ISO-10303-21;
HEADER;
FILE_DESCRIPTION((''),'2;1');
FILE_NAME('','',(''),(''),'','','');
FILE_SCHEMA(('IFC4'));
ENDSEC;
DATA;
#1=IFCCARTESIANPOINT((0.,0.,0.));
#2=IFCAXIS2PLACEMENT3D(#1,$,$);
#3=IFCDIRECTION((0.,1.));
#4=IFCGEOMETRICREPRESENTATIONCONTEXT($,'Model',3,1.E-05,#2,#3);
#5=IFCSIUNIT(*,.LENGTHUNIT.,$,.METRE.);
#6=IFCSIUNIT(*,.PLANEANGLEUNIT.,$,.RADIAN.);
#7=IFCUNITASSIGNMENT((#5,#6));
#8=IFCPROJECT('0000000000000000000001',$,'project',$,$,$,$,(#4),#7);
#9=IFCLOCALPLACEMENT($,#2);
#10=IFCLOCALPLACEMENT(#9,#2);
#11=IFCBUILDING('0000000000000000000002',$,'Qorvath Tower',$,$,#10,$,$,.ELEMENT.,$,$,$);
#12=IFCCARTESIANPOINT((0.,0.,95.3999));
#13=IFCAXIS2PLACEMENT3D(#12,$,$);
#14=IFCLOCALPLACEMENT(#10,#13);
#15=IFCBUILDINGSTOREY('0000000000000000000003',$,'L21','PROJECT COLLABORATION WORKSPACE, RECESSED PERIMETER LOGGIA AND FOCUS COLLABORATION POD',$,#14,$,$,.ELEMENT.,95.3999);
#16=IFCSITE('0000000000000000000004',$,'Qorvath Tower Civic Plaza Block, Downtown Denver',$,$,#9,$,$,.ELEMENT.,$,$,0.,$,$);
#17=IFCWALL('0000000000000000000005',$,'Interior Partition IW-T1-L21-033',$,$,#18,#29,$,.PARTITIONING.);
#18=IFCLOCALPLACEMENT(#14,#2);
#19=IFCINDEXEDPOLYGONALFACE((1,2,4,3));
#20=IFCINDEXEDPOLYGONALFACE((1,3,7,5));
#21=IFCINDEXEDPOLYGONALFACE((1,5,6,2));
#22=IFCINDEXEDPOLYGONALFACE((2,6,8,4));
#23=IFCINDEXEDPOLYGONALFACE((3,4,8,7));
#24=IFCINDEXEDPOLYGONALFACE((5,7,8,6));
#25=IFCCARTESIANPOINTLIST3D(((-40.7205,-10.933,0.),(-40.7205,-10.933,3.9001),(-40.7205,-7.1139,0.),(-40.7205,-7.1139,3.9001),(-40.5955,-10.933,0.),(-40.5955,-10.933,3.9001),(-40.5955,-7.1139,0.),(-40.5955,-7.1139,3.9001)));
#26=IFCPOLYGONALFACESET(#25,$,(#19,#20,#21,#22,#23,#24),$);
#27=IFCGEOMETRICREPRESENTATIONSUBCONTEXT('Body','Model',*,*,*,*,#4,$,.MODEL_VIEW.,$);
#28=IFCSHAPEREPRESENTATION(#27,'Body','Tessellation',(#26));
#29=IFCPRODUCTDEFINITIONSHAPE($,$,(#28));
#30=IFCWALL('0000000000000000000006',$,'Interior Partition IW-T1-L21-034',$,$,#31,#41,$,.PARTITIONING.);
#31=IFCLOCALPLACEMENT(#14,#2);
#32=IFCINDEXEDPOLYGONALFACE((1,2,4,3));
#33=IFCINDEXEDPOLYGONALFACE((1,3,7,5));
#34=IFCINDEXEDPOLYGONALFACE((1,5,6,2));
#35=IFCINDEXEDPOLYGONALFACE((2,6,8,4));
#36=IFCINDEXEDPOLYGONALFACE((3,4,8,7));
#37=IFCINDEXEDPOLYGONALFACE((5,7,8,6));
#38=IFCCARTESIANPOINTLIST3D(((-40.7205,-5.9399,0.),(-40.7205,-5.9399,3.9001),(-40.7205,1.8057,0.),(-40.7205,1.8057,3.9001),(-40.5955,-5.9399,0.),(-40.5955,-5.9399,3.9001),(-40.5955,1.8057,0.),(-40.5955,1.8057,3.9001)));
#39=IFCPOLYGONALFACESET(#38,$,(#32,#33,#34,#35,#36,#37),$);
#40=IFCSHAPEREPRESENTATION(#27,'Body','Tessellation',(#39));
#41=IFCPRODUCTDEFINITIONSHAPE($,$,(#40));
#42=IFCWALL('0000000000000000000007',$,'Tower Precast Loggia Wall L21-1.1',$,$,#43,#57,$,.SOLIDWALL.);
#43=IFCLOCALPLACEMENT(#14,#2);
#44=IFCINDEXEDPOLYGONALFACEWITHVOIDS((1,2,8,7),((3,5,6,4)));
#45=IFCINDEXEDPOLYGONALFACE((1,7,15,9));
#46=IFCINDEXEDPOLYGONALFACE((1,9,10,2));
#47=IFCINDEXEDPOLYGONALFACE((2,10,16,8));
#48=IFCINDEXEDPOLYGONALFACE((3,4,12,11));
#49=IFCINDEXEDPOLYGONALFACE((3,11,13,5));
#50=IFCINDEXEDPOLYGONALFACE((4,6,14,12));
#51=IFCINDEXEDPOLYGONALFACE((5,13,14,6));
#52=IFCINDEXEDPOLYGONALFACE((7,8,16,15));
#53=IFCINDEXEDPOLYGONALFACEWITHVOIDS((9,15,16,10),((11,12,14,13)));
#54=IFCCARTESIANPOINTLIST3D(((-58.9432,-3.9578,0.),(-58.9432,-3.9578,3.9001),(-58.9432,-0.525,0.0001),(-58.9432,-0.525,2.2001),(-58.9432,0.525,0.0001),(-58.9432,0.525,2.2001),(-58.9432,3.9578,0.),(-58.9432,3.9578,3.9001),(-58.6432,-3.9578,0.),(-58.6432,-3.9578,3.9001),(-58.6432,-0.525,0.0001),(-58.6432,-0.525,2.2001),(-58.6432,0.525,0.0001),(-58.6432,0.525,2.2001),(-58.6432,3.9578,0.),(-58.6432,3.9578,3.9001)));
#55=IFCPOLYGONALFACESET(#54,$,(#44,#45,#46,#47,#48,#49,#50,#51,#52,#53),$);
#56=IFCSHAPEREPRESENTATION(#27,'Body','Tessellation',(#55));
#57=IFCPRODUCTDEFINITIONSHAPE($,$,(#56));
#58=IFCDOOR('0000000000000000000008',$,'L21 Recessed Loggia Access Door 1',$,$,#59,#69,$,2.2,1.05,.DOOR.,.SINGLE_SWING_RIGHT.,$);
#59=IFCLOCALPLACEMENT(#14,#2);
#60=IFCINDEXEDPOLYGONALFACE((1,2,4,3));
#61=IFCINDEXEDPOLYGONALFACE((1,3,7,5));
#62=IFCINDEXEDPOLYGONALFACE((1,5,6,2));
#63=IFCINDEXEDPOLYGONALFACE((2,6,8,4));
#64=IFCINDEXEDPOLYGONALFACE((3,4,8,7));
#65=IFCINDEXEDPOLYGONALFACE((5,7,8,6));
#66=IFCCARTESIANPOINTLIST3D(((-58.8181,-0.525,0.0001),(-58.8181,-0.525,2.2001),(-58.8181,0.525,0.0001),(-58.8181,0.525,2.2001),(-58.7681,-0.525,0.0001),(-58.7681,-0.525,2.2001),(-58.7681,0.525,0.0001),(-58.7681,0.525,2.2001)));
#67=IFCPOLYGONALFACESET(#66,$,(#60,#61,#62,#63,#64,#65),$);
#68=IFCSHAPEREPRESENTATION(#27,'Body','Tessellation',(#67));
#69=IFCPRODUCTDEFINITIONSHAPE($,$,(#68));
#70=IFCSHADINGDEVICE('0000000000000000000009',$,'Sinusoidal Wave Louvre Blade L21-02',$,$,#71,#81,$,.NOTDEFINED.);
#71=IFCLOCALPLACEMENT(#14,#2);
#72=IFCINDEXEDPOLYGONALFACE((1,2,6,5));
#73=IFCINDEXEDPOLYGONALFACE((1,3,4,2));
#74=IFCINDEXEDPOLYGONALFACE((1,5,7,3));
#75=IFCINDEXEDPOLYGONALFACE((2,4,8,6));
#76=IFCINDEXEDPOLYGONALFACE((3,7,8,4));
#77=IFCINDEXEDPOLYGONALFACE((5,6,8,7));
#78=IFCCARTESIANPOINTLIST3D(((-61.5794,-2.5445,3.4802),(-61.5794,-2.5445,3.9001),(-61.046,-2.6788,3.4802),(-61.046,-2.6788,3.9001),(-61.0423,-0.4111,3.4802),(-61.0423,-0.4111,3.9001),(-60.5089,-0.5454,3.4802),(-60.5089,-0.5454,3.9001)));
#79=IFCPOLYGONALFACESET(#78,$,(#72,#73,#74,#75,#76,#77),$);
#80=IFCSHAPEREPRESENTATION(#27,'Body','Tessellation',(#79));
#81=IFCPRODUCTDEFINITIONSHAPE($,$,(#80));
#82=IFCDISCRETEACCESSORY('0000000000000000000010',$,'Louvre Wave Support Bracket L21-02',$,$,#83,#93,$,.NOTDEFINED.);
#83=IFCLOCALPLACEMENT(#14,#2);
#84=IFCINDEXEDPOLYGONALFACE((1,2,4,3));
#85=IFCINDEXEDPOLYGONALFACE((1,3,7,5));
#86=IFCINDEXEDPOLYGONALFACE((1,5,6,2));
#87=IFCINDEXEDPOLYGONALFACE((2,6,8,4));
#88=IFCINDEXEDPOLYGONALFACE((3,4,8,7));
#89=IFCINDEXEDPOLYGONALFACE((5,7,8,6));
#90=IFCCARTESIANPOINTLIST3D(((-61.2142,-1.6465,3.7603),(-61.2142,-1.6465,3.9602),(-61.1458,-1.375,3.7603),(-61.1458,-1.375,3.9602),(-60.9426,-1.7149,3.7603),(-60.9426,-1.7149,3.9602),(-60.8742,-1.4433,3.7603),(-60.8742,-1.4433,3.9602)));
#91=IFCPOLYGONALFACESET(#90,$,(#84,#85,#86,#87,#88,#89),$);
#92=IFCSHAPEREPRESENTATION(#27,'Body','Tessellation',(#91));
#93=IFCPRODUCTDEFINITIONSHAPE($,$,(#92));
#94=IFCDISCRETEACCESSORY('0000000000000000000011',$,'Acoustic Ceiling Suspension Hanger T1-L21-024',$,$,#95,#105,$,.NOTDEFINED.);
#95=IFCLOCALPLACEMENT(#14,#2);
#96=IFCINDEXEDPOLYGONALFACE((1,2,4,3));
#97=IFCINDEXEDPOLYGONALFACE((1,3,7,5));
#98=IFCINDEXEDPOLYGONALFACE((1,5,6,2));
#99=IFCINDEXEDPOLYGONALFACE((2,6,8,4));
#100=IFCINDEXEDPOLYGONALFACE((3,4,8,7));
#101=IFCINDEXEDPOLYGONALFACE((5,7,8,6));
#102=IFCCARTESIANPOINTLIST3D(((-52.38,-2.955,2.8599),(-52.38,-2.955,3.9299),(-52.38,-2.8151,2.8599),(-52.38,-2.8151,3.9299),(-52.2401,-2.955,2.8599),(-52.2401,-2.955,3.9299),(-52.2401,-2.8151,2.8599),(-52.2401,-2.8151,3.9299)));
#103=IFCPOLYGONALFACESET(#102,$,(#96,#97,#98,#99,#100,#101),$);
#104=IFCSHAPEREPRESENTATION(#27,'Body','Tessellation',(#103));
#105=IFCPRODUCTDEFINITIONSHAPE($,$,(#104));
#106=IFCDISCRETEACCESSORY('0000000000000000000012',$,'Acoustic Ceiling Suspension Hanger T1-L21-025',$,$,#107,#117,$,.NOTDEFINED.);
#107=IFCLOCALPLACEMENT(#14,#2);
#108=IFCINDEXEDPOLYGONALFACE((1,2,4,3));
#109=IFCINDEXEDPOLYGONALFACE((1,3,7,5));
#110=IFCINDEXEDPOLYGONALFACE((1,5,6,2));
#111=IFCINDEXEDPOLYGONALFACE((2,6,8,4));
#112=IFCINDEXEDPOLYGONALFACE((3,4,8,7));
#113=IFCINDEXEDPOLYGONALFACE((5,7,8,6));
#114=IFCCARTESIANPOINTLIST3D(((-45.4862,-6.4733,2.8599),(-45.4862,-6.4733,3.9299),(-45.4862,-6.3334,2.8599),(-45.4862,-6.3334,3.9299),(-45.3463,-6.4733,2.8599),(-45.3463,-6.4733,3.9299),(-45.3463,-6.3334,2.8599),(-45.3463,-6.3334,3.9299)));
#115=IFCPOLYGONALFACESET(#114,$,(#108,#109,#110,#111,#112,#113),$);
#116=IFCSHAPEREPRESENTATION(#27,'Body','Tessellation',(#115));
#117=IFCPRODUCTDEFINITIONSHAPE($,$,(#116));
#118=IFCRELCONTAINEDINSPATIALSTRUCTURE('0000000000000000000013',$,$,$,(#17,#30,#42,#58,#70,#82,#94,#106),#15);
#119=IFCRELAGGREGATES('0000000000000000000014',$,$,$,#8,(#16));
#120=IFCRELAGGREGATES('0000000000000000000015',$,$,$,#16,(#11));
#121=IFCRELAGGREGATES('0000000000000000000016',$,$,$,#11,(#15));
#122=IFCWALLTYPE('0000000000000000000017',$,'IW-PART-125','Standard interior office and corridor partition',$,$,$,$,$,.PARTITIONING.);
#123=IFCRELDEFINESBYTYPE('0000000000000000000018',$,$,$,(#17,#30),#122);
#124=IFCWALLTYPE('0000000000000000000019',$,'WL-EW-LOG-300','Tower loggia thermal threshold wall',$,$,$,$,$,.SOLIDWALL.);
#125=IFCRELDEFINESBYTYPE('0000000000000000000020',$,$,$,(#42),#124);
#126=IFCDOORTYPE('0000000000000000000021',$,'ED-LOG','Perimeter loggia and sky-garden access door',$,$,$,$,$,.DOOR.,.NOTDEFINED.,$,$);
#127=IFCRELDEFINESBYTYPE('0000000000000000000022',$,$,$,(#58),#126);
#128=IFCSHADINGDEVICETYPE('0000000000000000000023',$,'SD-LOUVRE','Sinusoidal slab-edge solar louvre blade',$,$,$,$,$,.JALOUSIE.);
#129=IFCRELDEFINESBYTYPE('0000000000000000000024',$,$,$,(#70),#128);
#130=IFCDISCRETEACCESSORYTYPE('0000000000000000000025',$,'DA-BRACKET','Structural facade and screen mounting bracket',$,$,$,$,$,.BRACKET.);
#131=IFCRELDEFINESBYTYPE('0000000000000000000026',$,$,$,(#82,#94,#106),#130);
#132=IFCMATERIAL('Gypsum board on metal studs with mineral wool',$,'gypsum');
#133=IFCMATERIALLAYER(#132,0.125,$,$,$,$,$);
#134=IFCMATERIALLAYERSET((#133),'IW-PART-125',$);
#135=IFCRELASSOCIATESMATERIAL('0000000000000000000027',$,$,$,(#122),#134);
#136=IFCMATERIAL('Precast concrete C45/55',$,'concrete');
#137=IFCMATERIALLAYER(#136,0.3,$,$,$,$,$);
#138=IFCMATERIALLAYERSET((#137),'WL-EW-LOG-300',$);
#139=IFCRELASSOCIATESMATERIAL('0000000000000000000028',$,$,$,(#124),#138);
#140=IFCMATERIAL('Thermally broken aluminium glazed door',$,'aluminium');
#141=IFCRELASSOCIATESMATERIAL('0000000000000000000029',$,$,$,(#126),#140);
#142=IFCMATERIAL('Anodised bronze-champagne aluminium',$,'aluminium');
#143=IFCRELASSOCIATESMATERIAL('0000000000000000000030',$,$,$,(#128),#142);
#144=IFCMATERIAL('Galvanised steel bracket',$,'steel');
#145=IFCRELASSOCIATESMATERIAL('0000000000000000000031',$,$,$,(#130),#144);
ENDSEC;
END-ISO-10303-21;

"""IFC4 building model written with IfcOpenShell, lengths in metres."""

from ifc_helpers import new_model, si_unit, direction, frame, frame_2d, origin, origin_2d, place, context, subcontext, project, spatial, rectangle, extrude, material, layer, layer_set, type_object, element, fill, save


model = new_model("IFC4")

# Units and contexts
model_context = context("Model", 3, precision=1e-05, world=origin(), true_north=direction((0.0, 1.0)))
body_context = subcontext(model_context, "Body", "Model", "MODEL_VIEW")
ifc_project = project(units=[si_unit("LENGTHUNIT", "METRE"), si_unit("PLANEANGLEUNIT", "RADIAN")], contexts=[model_context])

# Site, building, storey
site_placement = place(None, origin())
site = spatial("IfcSite", under=ifc_project, at=site_placement, Name="Qorvath Tower Civic Plaza Block, Downtown Denver", CompositionType="ELEMENT", RefElevation=0.0)
building_placement = place(site_placement, origin())
building = spatial("IfcBuilding", under=site, at=building_placement, Name="Qorvath Tower", CompositionType="ELEMENT")
storey_placement = place(building_placement, frame((0.0, 0.0, 95.3999)))
storey = spatial("IfcBuildingStorey", under=building, at=storey_placement, Name="L21", Description="PROJECT COLLABORATION WORKSPACE, RECESSED PERIMETER LOGGIA AND FOCUS COLLABORATION POD", CompositionType="ELEMENT", Elevation=95.3999)

# Walls
ifc_material_1 = material(Name="Gypsum board on metal studs with mineral wool", Category="gypsum")
ifc_layer_1 = layer(ifc_material_1, 0.125)
ifc_layer_set_1 = layer_set([ifc_layer_1], Name="IW-PART-125")
wall_type_1 = type_object("IfcWallType", Name="IW-PART-125", Description="Standard interior office and corridor partition", PredefinedType="PARTITIONING", material=ifc_layer_set_1)
wall_1_placement = place(storey_placement, frame((-40.658, -10.9331, 0.0), z_axis=(0.0, 0.0, 1.0), x_axis=(0.0, 1.0, 0.0)))
element("IfcWall", 1, at=wall_1_placement, inside=storey, type_object=wall_type_1, Name="Interior Partition IW-T1-L21-033", PredefinedType="PARTITIONING", context=body_context, shape_type="SweptSolid", body=[
    extrude(rectangle(XDim=3.8191, YDim=0.125, at=frame_2d((1.9097, 0.0))), origin(), (0.0, 0.0, 1.0), 3.9001),
])
wall_2_placement = place(storey_placement, frame((-40.658, -5.9399, 0.0), z_axis=(0.0, 0.0, 1.0), x_axis=(0.0, 1.0, 0.0)))
element("IfcWall", 2, at=wall_2_placement, inside=storey, type_object=wall_type_1, Name="Interior Partition IW-T1-L21-034", PredefinedType="PARTITIONING", context=body_context, shape_type="SweptSolid", body=[
    extrude(rectangle(XDim=7.7456, YDim=0.125, at=frame_2d((3.8728, 0.0))), origin(), (0.0, 0.0, 1.0), 3.9001),
])

# Wall, opening, door
ifc_material_2 = material(Name="Precast concrete C45/55", Category="concrete")
ifc_layer_2 = layer(ifc_material_2, 0.3)
ifc_layer_set_2 = layer_set([ifc_layer_2], Name="WL-EW-LOG-300")
wall_type_2 = type_object("IfcWallType", Name="WL-EW-LOG-300", Description="Tower loggia thermal threshold wall", PredefinedType="SOLIDWALL", material=ifc_layer_set_2)
wall_3_placement = place(storey_placement, frame((-58.7932, -3.9578, 0.0), z_axis=(0.0, 0.0, 1.0), x_axis=(0.0, 1.0, 0.0)))
wall_3 = element("IfcWall", 3, at=wall_3_placement, inside=storey, type_object=wall_type_2, Name="Tower Precast Loggia Wall L21-1.1", PredefinedType="SOLIDWALL", context=body_context, shape_type="SweptSolid", body=[
    extrude(rectangle(XDim=7.9155, YDim=0.3, at=frame_2d((3.9578, 0.0))), origin(), (0.0, 0.0, 1.0), 3.9001),
])
opening_placement = place(wall_3_placement, frame((3.4329, 0.0, 0.0)))
opening = element("IfcOpeningElement", 4, at=opening_placement, cuts=wall_3, PredefinedType="OPENING", context=body_context, shape_type="SweptSolid", body=[
    extrude(rectangle(XDim=1.05, YDim=2.2, at=frame_2d((0.5249, 1.1001))), frame((0.0, 0.1602, 0.0), z_axis=(0.0, -1.0, 0.0), x_axis=(1.0, 0.0, 0.0)), (0.0, 0.0, 1.0), 0.3201),
])
ifc_material_3 = material(Name="Thermally broken aluminium glazed door", Category="aluminium")
door_type = type_object("IfcDoorType", Name="ED-LOG", Description="Perimeter loggia and sky-garden access door", OperationType="NOTDEFINED", PredefinedType="DOOR", material=ifc_material_3)
door_placement = place(opening_placement, origin())
door = element("IfcDoor", 5, at=door_placement, inside=storey, type_object=door_type, Name="L21 Recessed Loggia Access Door 1", OperationType="SINGLE_SWING_RIGHT", OverallHeight=2.2, OverallWidth=1.05, PredefinedType="DOOR", context=body_context, shape_type="SweptSolid", body=[
    extrude(rectangle(XDim=1.05, YDim=2.2, at=frame_2d((0.5249, 1.1001))), frame((0.0, 0.0249, 0.0), z_axis=(0.0, -1.0, 0.0), x_axis=(1.0, 0.0, 0.0)), (0.0, 0.0, 1.0), 0.05),
])
fill(opening, door)

# Shading device
ifc_material_4 = material(Name="Anodised bronze-champagne aluminium", Category="aluminium")
shading_device_type = type_object("IfcShadingDeviceType", Name="SD-LOUVRE", Description="Sinusoidal slab-edge solar louvre blade", PredefinedType="JALOUSIE", material=ifc_material_4)
shading_device_placement = place(storey_placement, frame((-61.0442, -1.5449, 3.4802), z_axis=(0.0, 0.0, 1.0), x_axis=(-0.24415, -0.969738, 0.0)))
element("IfcShadingDevice", 6, at=shading_device_placement, inside=storey, type_object=shading_device_type, Name="Sinusoidal Wave Louvre Blade L21-02", PredefinedType="NOTDEFINED", context=body_context, shape_type="SweptSolid", body=[
    extrude(rectangle(XDim=2.2, YDim=0.55, at=origin_2d()), origin(), (0.0, 0.0, 1.0), 0.4199),
])

# Discrete accessories
ifc_material_5 = material(Name="Galvanised steel bracket", Category="steel")
discrete_accessory_type = type_object("IfcDiscreteAccessoryType", Name="DA-BRACKET", Description="Structural facade and screen mounting bracket", PredefinedType="BRACKET", material=ifc_material_5)
discrete_accessory_placement = place(storey_placement, frame((-61.0442, -1.5449, 3.7603), z_axis=(0.0, 0.0, 1.0), x_axis=(-0.24415, -0.969738, 0.0)))
element("IfcDiscreteAccessory", 7, at=discrete_accessory_placement, inside=storey, type_object=discrete_accessory_type, Name="Louvre Wave Support Bracket L21-02", PredefinedType="NOTDEFINED", context=body_context, shape_type="SweptSolid", body=[
    extrude(rectangle(XDim=0.28, YDim=0.28, at=origin_2d()), origin(), (0.0, 0.0, 1.0), 0.2),
])
for number, where, z_axis, x_axis, name in (
    (8, (-52.3101, -2.885, 2.8599), (0.0, 0.0, 1.0), (1.0, 0.0, 0.0), "Acoustic Ceiling Suspension Hanger T1-L21-024"),
    (9, (-45.4163, -6.4033, 2.8599), (0.0, 0.0, 1.0), (1.0, 0.0, 0.0), "Acoustic Ceiling Suspension Hanger T1-L21-025"),
):
    element("IfcDiscreteAccessory", number, at=place(storey_placement, frame(where, z_axis=z_axis, x_axis=x_axis)), inside=storey, type_object=discrete_accessory_type, Name=name, PredefinedType="NOTDEFINED", context=body_context, shape_type="SweptSolid", body=[
        extrude(rectangle(XDim=0.1399, YDim=0.1399, at=origin_2d()), origin(), (0.0, 0.0, 1.0), 1.0701),
    ])

save(model, "model.ifc")
